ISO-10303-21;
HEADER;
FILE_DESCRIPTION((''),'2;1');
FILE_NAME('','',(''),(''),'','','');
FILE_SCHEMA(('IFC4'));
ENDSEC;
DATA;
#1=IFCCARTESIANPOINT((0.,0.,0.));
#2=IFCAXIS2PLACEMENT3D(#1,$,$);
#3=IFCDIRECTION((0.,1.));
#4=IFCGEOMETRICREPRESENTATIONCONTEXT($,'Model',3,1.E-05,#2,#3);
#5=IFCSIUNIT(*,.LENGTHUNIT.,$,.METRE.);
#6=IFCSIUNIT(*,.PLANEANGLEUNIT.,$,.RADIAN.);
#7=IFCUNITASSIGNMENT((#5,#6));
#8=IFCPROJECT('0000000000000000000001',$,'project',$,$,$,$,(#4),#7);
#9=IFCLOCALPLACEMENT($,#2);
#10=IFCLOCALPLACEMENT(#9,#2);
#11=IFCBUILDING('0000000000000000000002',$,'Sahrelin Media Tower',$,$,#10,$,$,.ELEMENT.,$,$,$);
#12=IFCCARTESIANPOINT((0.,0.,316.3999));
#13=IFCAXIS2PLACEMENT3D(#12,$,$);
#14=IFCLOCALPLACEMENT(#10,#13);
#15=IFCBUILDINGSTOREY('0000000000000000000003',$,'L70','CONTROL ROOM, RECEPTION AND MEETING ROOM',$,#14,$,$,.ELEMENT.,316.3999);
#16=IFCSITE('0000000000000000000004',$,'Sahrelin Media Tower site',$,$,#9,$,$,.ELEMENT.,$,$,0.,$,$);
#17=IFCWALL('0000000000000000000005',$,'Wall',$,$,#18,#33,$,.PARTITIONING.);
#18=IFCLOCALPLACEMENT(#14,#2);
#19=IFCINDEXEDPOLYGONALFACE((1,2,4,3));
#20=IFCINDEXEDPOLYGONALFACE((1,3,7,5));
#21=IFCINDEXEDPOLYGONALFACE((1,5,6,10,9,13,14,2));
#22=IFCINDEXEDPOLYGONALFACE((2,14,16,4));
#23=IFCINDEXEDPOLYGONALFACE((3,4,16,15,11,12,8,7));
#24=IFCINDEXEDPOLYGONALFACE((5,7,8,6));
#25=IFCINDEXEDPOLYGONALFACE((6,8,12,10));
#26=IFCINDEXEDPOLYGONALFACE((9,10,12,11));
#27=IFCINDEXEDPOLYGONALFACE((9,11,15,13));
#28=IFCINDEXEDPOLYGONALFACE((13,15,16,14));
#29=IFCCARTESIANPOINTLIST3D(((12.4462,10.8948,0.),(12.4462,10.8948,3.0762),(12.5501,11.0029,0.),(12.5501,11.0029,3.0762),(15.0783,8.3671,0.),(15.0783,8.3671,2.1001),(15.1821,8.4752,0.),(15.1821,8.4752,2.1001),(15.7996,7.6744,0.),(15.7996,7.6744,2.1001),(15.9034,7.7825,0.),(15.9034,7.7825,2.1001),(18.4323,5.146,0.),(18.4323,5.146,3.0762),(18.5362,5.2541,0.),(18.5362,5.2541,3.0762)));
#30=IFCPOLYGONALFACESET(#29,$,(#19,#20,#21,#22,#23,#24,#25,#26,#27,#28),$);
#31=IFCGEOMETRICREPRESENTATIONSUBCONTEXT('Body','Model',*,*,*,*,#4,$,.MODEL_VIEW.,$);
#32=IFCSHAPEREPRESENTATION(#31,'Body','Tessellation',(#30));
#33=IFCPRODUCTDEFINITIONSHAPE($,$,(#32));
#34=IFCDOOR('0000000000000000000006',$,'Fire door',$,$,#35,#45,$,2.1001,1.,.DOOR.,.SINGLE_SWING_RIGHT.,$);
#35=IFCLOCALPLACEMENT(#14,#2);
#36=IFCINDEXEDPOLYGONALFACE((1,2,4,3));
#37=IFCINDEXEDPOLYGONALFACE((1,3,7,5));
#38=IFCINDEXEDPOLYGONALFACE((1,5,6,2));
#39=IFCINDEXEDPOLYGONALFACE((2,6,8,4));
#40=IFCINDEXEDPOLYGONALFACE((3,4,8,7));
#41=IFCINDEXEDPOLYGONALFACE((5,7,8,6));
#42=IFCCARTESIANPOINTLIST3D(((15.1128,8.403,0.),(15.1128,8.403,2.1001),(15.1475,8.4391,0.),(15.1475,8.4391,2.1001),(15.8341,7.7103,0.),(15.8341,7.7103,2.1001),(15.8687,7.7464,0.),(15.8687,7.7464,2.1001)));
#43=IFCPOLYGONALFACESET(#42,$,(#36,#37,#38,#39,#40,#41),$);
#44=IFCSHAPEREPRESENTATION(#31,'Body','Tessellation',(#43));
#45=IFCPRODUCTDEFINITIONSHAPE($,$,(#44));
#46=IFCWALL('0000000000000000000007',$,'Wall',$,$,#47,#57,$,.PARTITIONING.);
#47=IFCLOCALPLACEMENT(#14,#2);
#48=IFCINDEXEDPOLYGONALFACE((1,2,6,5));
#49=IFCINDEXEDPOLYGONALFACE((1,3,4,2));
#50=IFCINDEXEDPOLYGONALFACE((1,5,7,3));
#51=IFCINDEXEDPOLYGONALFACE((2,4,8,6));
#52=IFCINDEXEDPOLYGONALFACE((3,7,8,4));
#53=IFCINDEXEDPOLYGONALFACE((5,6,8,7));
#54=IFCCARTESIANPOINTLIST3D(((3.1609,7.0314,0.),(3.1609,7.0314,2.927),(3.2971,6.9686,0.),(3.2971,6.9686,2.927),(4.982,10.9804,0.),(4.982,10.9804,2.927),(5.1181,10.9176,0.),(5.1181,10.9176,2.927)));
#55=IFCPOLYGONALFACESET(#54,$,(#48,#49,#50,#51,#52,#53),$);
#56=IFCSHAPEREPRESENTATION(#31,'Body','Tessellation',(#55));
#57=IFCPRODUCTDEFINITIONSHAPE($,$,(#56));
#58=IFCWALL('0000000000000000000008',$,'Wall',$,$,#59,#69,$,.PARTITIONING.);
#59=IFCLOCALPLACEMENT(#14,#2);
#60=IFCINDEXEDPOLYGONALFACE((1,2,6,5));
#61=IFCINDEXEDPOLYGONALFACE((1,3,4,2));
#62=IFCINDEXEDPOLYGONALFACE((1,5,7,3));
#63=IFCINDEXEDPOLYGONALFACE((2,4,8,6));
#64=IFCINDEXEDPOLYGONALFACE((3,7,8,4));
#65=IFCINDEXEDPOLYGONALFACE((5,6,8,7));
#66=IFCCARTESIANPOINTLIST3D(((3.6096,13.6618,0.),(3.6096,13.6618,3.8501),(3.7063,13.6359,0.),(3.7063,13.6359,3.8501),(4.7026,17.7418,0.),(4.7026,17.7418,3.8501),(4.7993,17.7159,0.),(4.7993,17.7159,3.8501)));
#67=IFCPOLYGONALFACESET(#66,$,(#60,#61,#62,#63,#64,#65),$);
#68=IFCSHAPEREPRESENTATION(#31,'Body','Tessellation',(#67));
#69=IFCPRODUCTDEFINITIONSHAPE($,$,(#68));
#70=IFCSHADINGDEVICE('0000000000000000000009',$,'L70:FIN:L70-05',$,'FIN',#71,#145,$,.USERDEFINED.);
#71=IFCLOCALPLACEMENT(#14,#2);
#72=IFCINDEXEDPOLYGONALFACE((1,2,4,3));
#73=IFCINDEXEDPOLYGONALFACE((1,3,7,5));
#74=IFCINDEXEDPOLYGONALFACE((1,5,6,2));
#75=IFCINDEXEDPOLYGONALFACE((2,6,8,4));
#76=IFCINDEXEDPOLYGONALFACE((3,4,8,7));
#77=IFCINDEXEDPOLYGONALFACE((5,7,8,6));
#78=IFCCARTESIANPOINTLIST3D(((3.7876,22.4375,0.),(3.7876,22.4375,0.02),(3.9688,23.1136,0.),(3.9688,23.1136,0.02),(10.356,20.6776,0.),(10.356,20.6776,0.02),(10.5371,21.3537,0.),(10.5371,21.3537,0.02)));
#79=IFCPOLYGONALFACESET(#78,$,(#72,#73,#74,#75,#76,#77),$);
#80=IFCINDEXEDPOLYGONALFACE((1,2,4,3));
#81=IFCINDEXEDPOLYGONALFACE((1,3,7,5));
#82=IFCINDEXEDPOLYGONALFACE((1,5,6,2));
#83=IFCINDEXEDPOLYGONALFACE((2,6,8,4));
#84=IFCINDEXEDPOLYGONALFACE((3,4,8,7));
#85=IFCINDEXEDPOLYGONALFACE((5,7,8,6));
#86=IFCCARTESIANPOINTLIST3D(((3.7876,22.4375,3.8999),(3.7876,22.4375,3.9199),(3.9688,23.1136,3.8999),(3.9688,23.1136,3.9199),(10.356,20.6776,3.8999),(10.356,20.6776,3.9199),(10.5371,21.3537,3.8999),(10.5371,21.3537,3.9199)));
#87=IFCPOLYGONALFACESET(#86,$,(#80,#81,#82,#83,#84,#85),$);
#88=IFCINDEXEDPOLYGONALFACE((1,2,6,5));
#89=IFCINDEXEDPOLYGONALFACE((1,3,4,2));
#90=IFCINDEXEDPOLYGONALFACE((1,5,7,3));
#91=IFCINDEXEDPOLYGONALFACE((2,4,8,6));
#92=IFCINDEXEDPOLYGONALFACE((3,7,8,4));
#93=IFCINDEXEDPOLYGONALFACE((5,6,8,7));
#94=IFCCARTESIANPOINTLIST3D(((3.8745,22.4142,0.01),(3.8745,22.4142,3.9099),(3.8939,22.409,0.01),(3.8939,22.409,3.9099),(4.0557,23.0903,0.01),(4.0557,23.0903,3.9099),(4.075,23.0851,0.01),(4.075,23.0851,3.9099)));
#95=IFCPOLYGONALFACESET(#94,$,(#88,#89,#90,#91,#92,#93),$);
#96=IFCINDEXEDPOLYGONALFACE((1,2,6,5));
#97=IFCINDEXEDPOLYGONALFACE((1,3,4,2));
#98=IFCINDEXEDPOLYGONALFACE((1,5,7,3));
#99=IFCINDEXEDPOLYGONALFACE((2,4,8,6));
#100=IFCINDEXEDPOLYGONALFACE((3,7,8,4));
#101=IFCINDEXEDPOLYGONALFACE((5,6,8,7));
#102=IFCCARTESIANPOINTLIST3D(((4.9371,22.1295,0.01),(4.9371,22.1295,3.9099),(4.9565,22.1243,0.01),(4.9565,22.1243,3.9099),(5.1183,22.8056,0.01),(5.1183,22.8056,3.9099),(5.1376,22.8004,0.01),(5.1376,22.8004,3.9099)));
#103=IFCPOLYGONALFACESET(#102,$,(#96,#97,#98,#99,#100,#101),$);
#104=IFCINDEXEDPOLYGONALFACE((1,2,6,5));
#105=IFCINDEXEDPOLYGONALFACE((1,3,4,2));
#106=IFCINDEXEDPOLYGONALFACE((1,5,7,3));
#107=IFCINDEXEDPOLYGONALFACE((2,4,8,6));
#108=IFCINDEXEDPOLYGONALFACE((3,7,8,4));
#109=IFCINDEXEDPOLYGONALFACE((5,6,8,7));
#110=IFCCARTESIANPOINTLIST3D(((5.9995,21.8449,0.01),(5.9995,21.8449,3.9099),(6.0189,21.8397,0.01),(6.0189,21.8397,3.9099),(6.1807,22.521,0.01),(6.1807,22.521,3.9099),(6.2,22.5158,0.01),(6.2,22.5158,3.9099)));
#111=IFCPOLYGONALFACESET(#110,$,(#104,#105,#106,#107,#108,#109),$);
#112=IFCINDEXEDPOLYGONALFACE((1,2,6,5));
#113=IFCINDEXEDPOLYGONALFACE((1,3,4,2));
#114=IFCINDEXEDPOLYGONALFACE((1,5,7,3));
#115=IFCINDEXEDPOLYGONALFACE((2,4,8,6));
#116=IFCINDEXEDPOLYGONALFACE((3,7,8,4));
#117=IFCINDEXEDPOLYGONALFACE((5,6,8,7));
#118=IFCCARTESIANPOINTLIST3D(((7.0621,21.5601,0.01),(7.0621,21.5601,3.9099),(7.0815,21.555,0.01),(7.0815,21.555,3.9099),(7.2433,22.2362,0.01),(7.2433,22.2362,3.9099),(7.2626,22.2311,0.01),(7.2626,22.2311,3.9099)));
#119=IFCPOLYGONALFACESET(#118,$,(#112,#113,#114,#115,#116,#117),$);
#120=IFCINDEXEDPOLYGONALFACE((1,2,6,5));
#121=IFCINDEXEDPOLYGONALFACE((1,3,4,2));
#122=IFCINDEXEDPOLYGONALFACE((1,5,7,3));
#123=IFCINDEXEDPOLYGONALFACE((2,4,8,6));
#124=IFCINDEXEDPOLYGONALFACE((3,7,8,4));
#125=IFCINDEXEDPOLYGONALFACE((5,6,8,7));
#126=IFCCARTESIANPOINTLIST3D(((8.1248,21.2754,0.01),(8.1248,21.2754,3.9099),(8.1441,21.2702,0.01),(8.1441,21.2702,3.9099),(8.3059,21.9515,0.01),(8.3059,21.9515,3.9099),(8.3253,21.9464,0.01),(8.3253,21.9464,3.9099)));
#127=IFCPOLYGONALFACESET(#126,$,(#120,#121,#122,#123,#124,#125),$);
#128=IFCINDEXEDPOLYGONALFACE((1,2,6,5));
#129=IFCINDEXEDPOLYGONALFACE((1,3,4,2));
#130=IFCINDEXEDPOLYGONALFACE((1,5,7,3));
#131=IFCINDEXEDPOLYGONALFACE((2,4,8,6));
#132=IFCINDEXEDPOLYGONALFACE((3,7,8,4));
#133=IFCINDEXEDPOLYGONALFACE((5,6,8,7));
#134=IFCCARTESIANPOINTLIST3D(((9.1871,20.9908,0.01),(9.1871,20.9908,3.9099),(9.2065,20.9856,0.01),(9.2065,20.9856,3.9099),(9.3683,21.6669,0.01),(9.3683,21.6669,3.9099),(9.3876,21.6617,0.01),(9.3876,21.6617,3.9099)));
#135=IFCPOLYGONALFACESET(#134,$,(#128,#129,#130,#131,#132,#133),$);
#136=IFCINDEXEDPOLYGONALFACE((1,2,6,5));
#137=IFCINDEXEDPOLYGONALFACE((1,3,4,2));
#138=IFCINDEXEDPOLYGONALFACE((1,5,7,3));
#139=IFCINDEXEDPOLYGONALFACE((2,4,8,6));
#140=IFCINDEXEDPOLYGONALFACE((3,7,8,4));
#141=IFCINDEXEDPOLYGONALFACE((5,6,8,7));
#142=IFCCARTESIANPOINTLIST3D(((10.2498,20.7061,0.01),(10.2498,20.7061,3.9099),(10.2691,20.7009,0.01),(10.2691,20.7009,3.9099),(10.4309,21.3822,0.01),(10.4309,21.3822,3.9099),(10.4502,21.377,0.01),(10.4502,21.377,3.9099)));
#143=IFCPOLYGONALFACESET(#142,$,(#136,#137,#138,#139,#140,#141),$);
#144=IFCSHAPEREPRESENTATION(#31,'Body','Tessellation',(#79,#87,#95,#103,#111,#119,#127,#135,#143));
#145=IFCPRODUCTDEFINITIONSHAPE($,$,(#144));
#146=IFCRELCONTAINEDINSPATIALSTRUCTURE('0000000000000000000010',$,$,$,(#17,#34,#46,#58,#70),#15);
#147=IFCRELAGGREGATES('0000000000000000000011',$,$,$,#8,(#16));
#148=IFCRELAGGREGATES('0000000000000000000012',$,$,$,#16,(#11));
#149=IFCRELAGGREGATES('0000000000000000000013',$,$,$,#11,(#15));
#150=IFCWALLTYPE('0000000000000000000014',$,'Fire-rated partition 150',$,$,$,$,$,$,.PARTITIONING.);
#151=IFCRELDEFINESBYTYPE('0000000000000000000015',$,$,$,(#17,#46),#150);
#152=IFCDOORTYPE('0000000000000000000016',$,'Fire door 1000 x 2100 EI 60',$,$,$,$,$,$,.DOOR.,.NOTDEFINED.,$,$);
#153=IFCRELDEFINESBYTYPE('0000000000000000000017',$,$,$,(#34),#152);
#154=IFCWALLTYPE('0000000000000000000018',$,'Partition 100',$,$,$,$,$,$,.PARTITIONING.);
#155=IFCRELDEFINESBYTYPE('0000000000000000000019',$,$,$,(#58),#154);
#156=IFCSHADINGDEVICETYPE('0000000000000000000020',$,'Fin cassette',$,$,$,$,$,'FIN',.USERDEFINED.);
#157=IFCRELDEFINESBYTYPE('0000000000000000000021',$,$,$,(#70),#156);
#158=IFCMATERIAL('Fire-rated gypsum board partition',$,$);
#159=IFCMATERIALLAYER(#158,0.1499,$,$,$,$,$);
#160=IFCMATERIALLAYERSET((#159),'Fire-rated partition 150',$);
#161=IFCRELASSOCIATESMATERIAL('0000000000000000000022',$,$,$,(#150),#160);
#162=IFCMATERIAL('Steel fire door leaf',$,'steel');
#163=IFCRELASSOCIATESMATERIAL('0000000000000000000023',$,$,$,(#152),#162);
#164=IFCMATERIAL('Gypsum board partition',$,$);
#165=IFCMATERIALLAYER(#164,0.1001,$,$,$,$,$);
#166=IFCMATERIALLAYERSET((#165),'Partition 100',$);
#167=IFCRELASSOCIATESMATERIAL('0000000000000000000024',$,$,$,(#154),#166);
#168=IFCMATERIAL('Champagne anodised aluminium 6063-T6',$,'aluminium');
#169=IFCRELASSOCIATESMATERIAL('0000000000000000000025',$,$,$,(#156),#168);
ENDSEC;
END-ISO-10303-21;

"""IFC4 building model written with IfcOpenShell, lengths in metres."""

from ifc_helpers import new_model, si_unit, direction, frame, frame_2d, origin, origin_2d, place, context, subcontext, project, spatial, rectangle, extrude, material, layer, layer_set, type_object, element, fill, save


model = new_model("IFC4")

# Units and contexts
model_context = context("Model", 3, precision=1e-05, world=origin(), true_north=direction((0.0, 1.0)))
body_context = subcontext(model_context, "Body", "Model", "MODEL_VIEW")
ifc_project = project(units=[si_unit("LENGTHUNIT", "METRE"), si_unit("PLANEANGLEUNIT", "RADIAN")], contexts=[model_context])

# Site, building, storey
site_placement = place(None, origin())
site = spatial("IfcSite", under=ifc_project, at=site_placement, Name="Sahrelin Media Tower site", CompositionType="ELEMENT", RefElevation=0.0)
building_placement = place(site_placement, origin())
building = spatial("IfcBuilding", under=site, at=building_placement, Name="Sahrelin Media Tower", CompositionType="ELEMENT")
storey_placement = place(building_placement, frame((0.0, 0.0, 316.3999)))
storey = spatial("IfcBuildingStorey", under=building, at=storey_placement, Name="L70", Description="CONTROL ROOM, RECEPTION AND MEETING ROOM", CompositionType="ELEMENT", Elevation=316.3999)

# Shared definitions
ifc_material_1 = material(Name="Champagne anodised aluminium 6063-T6", Category="aluminium")

# Wall, opening, door
ifc_material_2 = material(Name="Fire-rated gypsum board partition")
ifc_layer_1 = layer(ifc_material_2, 0.1499)
ifc_layer_set_1 = layer_set([ifc_layer_1], Name="Fire-rated partition 150")
wall_type_1 = type_object("IfcWallType", Name="Fire-rated partition 150", PredefinedType="PARTITIONING", material=ifc_layer_set_1)
wall_1_placement = place(storey_placement, frame((12.498, 10.949, 0.0), z_axis=(0.0, 0.0, 1.0), x_axis=(0.721259, -0.692666, 0.0)))
wall_1 = element("IfcWall", 1, at=wall_1_placement, inside=storey, type_object=wall_type_1, Name="Wall", PredefinedType="PARTITIONING", context=body_context, shape_type="SweptSolid", body=[
    extrude(rectangle(XDim=8.2996, YDim=0.1499, at=frame_2d((4.1499, 0.0))), origin(), (0.0, 0.0, 1.0), 3.0762),
])
opening_placement = place(wall_1_placement, frame((3.6494, 0.0, 0.0)))
opening = element("IfcOpeningElement", 2, at=opening_placement, cuts=wall_1, PredefinedType="OPENING", context=body_context, shape_type="SweptSolid", body=[
    extrude(rectangle(XDim=1.0, YDim=2.1001, at=frame_2d((0.5, 1.05))), frame((0.0, 0.075, 0.0), z_axis=(0.0, -1.0, 0.0), x_axis=(1.0, 0.0, 0.0)), (0.0, 0.0, 1.0), 0.1499),
])
ifc_material_3 = material(Name="Steel fire door leaf", Category="steel")
door_type = type_object("IfcDoorType", Name="Fire door 1000 x 2100 EI 60", OperationType="NOTDEFINED", PredefinedType="DOOR", material=ifc_material_3)
door_placement = place(opening_placement, origin())
door = element("IfcDoor", 3, at=door_placement, inside=storey, type_object=door_type, Name="Fire door", OperationType="SINGLE_SWING_RIGHT", OverallHeight=2.1001, OverallWidth=1.0, PredefinedType="DOOR", context=body_context, shape_type="SweptSolid", body=[
    extrude(rectangle(XDim=1.0, YDim=2.1001, at=frame_2d((0.5, 1.05))), frame((0.0, 0.0249, 0.0), z_axis=(0.0, -1.0, 0.0), x_axis=(1.0, 0.0, 0.0)), (0.0, 0.0, 1.0), 0.05),
])
fill(opening, door)

# Walls
wall_2_placement = place(storey_placement, frame((3.229, 7.0, 0.0), z_axis=(0.0, 0.0, 1.0), x_axis=(0.418763, 0.908096, 0.0)))
element("IfcWall", 4, at=wall_2_placement, inside=storey, type_object=wall_type_1, Name="Wall", PredefinedType="PARTITIONING", context=body_context, shape_type="SweptSolid", body=[
    extrude(rectangle(XDim=4.3486, YDim=0.1499, at=frame_2d((2.1743, 0.0))), origin(), (0.0, 0.0, 1.0), 2.927),
])
ifc_material_4 = material(Name="Gypsum board partition")
ifc_layer_2 = layer(ifc_material_4, 0.1001)
ifc_layer_set_2 = layer_set([ifc_layer_2], Name="Partition 100")
wall_type_2 = type_object("IfcWallType", Name="Partition 100", PredefinedType="PARTITIONING", material=ifc_layer_set_2)
wall_3_placement = place(storey_placement, frame((3.658, 13.6489, 0.0), z_axis=(0.0, 0.0, 1.0), x_axis=(0.258767, 0.96594, 0.0)))
element("IfcWall", 5, at=wall_3_placement, inside=storey, type_object=wall_type_2, Name="Wall", PredefinedType="PARTITIONING", context=body_context, shape_type="SweptSolid", body=[
    extrude(rectangle(XDim=4.2239, YDim=0.1001, at=frame_2d((2.1118, 0.0))), origin(), (0.0, 0.0, 1.0), 3.8501),
])

# Shading device
shading_device_type_1 = type_object("IfcShadingDeviceType", Name="Fin cassette", ElementType="FIN", PredefinedType="USERDEFINED", material=ifc_material_1)
placement_1 = place(storey_placement, frame((7.0537, 21.49, 0.0), z_axis=(0.0, 0.0, 1.0), x_axis=(0.965929, -0.258808, 0.0)))
element("IfcShadingDevice", 6, at=placement_1, inside=storey, type_object=shading_device_type_1, Name="L70:FIN:L70-05", ObjectType="FIN", PredefinedType="USERDEFINED", context=body_context, shape_type="SweptSolid", body=[
    extrude(rectangle(XDim=6.8, YDim=0.7, at=origin_2d()), frame((0.0, 0.4199, 0.0)), (0.0, 0.0, 1.0), 0.02),
    extrude(rectangle(XDim=6.8, YDim=0.7, at=origin_2d()), frame((0.0, 0.4199, 3.8999)), (0.0, 0.0, 1.0), 0.02),
    extrude(rectangle(XDim=0.02, YDim=0.7, at=origin_2d()), frame((-3.3, 0.4199, 0.01), z_axis=(0.0, 0.0, 1.0), x_axis=(1.0, 0.0, 0.0)), (0.0, 0.0, 1.0), 3.8999),
    extrude(rectangle(XDim=0.02, YDim=0.7, at=origin_2d()), frame((-2.2, 0.4199, 0.01), z_axis=(0.0, 0.0, 1.0), x_axis=(1.0, 0.0, 0.0)), (0.0, 0.0, 1.0), 3.8999),
    extrude(rectangle(XDim=0.02, YDim=0.7, at=origin_2d()), frame((-1.1001, 0.4199, 0.01), z_axis=(0.0, 0.0, 1.0), x_axis=(1.0, 0.0, 0.0)), (0.0, 0.0, 1.0), 3.8999),
    extrude(rectangle(XDim=0.02, YDim=0.7, at=origin_2d()), frame((0.0, 0.4199, 0.01), z_axis=(0.0, 0.0, 1.0), x_axis=(1.0, 0.0, 0.0)), (0.0, 0.0, 1.0), 3.8999),
    extrude(rectangle(XDim=0.02, YDim=0.7, at=origin_2d()), frame((1.1001, 0.4199, 0.01), z_axis=(0.0, 0.0, 1.0), x_axis=(1.0, 0.0, 0.0)), (0.0, 0.0, 1.0), 3.8999),
    extrude(rectangle(XDim=0.02, YDim=0.7, at=origin_2d()), frame((2.2, 0.4199, 0.01), z_axis=(0.0, 0.0, 1.0), x_axis=(1.0, 0.0, 0.0)), (0.0, 0.0, 1.0), 3.8999),
    extrude(rectangle(XDim=0.02, YDim=0.7, at=origin_2d()), frame((3.3, 0.4199, 0.01), z_axis=(0.0, 0.0, 1.0), x_axis=(1.0, 0.0, 0.0)), (0.0, 0.0, 1.0), 3.8999),
])

save(model, "model.ifc")
